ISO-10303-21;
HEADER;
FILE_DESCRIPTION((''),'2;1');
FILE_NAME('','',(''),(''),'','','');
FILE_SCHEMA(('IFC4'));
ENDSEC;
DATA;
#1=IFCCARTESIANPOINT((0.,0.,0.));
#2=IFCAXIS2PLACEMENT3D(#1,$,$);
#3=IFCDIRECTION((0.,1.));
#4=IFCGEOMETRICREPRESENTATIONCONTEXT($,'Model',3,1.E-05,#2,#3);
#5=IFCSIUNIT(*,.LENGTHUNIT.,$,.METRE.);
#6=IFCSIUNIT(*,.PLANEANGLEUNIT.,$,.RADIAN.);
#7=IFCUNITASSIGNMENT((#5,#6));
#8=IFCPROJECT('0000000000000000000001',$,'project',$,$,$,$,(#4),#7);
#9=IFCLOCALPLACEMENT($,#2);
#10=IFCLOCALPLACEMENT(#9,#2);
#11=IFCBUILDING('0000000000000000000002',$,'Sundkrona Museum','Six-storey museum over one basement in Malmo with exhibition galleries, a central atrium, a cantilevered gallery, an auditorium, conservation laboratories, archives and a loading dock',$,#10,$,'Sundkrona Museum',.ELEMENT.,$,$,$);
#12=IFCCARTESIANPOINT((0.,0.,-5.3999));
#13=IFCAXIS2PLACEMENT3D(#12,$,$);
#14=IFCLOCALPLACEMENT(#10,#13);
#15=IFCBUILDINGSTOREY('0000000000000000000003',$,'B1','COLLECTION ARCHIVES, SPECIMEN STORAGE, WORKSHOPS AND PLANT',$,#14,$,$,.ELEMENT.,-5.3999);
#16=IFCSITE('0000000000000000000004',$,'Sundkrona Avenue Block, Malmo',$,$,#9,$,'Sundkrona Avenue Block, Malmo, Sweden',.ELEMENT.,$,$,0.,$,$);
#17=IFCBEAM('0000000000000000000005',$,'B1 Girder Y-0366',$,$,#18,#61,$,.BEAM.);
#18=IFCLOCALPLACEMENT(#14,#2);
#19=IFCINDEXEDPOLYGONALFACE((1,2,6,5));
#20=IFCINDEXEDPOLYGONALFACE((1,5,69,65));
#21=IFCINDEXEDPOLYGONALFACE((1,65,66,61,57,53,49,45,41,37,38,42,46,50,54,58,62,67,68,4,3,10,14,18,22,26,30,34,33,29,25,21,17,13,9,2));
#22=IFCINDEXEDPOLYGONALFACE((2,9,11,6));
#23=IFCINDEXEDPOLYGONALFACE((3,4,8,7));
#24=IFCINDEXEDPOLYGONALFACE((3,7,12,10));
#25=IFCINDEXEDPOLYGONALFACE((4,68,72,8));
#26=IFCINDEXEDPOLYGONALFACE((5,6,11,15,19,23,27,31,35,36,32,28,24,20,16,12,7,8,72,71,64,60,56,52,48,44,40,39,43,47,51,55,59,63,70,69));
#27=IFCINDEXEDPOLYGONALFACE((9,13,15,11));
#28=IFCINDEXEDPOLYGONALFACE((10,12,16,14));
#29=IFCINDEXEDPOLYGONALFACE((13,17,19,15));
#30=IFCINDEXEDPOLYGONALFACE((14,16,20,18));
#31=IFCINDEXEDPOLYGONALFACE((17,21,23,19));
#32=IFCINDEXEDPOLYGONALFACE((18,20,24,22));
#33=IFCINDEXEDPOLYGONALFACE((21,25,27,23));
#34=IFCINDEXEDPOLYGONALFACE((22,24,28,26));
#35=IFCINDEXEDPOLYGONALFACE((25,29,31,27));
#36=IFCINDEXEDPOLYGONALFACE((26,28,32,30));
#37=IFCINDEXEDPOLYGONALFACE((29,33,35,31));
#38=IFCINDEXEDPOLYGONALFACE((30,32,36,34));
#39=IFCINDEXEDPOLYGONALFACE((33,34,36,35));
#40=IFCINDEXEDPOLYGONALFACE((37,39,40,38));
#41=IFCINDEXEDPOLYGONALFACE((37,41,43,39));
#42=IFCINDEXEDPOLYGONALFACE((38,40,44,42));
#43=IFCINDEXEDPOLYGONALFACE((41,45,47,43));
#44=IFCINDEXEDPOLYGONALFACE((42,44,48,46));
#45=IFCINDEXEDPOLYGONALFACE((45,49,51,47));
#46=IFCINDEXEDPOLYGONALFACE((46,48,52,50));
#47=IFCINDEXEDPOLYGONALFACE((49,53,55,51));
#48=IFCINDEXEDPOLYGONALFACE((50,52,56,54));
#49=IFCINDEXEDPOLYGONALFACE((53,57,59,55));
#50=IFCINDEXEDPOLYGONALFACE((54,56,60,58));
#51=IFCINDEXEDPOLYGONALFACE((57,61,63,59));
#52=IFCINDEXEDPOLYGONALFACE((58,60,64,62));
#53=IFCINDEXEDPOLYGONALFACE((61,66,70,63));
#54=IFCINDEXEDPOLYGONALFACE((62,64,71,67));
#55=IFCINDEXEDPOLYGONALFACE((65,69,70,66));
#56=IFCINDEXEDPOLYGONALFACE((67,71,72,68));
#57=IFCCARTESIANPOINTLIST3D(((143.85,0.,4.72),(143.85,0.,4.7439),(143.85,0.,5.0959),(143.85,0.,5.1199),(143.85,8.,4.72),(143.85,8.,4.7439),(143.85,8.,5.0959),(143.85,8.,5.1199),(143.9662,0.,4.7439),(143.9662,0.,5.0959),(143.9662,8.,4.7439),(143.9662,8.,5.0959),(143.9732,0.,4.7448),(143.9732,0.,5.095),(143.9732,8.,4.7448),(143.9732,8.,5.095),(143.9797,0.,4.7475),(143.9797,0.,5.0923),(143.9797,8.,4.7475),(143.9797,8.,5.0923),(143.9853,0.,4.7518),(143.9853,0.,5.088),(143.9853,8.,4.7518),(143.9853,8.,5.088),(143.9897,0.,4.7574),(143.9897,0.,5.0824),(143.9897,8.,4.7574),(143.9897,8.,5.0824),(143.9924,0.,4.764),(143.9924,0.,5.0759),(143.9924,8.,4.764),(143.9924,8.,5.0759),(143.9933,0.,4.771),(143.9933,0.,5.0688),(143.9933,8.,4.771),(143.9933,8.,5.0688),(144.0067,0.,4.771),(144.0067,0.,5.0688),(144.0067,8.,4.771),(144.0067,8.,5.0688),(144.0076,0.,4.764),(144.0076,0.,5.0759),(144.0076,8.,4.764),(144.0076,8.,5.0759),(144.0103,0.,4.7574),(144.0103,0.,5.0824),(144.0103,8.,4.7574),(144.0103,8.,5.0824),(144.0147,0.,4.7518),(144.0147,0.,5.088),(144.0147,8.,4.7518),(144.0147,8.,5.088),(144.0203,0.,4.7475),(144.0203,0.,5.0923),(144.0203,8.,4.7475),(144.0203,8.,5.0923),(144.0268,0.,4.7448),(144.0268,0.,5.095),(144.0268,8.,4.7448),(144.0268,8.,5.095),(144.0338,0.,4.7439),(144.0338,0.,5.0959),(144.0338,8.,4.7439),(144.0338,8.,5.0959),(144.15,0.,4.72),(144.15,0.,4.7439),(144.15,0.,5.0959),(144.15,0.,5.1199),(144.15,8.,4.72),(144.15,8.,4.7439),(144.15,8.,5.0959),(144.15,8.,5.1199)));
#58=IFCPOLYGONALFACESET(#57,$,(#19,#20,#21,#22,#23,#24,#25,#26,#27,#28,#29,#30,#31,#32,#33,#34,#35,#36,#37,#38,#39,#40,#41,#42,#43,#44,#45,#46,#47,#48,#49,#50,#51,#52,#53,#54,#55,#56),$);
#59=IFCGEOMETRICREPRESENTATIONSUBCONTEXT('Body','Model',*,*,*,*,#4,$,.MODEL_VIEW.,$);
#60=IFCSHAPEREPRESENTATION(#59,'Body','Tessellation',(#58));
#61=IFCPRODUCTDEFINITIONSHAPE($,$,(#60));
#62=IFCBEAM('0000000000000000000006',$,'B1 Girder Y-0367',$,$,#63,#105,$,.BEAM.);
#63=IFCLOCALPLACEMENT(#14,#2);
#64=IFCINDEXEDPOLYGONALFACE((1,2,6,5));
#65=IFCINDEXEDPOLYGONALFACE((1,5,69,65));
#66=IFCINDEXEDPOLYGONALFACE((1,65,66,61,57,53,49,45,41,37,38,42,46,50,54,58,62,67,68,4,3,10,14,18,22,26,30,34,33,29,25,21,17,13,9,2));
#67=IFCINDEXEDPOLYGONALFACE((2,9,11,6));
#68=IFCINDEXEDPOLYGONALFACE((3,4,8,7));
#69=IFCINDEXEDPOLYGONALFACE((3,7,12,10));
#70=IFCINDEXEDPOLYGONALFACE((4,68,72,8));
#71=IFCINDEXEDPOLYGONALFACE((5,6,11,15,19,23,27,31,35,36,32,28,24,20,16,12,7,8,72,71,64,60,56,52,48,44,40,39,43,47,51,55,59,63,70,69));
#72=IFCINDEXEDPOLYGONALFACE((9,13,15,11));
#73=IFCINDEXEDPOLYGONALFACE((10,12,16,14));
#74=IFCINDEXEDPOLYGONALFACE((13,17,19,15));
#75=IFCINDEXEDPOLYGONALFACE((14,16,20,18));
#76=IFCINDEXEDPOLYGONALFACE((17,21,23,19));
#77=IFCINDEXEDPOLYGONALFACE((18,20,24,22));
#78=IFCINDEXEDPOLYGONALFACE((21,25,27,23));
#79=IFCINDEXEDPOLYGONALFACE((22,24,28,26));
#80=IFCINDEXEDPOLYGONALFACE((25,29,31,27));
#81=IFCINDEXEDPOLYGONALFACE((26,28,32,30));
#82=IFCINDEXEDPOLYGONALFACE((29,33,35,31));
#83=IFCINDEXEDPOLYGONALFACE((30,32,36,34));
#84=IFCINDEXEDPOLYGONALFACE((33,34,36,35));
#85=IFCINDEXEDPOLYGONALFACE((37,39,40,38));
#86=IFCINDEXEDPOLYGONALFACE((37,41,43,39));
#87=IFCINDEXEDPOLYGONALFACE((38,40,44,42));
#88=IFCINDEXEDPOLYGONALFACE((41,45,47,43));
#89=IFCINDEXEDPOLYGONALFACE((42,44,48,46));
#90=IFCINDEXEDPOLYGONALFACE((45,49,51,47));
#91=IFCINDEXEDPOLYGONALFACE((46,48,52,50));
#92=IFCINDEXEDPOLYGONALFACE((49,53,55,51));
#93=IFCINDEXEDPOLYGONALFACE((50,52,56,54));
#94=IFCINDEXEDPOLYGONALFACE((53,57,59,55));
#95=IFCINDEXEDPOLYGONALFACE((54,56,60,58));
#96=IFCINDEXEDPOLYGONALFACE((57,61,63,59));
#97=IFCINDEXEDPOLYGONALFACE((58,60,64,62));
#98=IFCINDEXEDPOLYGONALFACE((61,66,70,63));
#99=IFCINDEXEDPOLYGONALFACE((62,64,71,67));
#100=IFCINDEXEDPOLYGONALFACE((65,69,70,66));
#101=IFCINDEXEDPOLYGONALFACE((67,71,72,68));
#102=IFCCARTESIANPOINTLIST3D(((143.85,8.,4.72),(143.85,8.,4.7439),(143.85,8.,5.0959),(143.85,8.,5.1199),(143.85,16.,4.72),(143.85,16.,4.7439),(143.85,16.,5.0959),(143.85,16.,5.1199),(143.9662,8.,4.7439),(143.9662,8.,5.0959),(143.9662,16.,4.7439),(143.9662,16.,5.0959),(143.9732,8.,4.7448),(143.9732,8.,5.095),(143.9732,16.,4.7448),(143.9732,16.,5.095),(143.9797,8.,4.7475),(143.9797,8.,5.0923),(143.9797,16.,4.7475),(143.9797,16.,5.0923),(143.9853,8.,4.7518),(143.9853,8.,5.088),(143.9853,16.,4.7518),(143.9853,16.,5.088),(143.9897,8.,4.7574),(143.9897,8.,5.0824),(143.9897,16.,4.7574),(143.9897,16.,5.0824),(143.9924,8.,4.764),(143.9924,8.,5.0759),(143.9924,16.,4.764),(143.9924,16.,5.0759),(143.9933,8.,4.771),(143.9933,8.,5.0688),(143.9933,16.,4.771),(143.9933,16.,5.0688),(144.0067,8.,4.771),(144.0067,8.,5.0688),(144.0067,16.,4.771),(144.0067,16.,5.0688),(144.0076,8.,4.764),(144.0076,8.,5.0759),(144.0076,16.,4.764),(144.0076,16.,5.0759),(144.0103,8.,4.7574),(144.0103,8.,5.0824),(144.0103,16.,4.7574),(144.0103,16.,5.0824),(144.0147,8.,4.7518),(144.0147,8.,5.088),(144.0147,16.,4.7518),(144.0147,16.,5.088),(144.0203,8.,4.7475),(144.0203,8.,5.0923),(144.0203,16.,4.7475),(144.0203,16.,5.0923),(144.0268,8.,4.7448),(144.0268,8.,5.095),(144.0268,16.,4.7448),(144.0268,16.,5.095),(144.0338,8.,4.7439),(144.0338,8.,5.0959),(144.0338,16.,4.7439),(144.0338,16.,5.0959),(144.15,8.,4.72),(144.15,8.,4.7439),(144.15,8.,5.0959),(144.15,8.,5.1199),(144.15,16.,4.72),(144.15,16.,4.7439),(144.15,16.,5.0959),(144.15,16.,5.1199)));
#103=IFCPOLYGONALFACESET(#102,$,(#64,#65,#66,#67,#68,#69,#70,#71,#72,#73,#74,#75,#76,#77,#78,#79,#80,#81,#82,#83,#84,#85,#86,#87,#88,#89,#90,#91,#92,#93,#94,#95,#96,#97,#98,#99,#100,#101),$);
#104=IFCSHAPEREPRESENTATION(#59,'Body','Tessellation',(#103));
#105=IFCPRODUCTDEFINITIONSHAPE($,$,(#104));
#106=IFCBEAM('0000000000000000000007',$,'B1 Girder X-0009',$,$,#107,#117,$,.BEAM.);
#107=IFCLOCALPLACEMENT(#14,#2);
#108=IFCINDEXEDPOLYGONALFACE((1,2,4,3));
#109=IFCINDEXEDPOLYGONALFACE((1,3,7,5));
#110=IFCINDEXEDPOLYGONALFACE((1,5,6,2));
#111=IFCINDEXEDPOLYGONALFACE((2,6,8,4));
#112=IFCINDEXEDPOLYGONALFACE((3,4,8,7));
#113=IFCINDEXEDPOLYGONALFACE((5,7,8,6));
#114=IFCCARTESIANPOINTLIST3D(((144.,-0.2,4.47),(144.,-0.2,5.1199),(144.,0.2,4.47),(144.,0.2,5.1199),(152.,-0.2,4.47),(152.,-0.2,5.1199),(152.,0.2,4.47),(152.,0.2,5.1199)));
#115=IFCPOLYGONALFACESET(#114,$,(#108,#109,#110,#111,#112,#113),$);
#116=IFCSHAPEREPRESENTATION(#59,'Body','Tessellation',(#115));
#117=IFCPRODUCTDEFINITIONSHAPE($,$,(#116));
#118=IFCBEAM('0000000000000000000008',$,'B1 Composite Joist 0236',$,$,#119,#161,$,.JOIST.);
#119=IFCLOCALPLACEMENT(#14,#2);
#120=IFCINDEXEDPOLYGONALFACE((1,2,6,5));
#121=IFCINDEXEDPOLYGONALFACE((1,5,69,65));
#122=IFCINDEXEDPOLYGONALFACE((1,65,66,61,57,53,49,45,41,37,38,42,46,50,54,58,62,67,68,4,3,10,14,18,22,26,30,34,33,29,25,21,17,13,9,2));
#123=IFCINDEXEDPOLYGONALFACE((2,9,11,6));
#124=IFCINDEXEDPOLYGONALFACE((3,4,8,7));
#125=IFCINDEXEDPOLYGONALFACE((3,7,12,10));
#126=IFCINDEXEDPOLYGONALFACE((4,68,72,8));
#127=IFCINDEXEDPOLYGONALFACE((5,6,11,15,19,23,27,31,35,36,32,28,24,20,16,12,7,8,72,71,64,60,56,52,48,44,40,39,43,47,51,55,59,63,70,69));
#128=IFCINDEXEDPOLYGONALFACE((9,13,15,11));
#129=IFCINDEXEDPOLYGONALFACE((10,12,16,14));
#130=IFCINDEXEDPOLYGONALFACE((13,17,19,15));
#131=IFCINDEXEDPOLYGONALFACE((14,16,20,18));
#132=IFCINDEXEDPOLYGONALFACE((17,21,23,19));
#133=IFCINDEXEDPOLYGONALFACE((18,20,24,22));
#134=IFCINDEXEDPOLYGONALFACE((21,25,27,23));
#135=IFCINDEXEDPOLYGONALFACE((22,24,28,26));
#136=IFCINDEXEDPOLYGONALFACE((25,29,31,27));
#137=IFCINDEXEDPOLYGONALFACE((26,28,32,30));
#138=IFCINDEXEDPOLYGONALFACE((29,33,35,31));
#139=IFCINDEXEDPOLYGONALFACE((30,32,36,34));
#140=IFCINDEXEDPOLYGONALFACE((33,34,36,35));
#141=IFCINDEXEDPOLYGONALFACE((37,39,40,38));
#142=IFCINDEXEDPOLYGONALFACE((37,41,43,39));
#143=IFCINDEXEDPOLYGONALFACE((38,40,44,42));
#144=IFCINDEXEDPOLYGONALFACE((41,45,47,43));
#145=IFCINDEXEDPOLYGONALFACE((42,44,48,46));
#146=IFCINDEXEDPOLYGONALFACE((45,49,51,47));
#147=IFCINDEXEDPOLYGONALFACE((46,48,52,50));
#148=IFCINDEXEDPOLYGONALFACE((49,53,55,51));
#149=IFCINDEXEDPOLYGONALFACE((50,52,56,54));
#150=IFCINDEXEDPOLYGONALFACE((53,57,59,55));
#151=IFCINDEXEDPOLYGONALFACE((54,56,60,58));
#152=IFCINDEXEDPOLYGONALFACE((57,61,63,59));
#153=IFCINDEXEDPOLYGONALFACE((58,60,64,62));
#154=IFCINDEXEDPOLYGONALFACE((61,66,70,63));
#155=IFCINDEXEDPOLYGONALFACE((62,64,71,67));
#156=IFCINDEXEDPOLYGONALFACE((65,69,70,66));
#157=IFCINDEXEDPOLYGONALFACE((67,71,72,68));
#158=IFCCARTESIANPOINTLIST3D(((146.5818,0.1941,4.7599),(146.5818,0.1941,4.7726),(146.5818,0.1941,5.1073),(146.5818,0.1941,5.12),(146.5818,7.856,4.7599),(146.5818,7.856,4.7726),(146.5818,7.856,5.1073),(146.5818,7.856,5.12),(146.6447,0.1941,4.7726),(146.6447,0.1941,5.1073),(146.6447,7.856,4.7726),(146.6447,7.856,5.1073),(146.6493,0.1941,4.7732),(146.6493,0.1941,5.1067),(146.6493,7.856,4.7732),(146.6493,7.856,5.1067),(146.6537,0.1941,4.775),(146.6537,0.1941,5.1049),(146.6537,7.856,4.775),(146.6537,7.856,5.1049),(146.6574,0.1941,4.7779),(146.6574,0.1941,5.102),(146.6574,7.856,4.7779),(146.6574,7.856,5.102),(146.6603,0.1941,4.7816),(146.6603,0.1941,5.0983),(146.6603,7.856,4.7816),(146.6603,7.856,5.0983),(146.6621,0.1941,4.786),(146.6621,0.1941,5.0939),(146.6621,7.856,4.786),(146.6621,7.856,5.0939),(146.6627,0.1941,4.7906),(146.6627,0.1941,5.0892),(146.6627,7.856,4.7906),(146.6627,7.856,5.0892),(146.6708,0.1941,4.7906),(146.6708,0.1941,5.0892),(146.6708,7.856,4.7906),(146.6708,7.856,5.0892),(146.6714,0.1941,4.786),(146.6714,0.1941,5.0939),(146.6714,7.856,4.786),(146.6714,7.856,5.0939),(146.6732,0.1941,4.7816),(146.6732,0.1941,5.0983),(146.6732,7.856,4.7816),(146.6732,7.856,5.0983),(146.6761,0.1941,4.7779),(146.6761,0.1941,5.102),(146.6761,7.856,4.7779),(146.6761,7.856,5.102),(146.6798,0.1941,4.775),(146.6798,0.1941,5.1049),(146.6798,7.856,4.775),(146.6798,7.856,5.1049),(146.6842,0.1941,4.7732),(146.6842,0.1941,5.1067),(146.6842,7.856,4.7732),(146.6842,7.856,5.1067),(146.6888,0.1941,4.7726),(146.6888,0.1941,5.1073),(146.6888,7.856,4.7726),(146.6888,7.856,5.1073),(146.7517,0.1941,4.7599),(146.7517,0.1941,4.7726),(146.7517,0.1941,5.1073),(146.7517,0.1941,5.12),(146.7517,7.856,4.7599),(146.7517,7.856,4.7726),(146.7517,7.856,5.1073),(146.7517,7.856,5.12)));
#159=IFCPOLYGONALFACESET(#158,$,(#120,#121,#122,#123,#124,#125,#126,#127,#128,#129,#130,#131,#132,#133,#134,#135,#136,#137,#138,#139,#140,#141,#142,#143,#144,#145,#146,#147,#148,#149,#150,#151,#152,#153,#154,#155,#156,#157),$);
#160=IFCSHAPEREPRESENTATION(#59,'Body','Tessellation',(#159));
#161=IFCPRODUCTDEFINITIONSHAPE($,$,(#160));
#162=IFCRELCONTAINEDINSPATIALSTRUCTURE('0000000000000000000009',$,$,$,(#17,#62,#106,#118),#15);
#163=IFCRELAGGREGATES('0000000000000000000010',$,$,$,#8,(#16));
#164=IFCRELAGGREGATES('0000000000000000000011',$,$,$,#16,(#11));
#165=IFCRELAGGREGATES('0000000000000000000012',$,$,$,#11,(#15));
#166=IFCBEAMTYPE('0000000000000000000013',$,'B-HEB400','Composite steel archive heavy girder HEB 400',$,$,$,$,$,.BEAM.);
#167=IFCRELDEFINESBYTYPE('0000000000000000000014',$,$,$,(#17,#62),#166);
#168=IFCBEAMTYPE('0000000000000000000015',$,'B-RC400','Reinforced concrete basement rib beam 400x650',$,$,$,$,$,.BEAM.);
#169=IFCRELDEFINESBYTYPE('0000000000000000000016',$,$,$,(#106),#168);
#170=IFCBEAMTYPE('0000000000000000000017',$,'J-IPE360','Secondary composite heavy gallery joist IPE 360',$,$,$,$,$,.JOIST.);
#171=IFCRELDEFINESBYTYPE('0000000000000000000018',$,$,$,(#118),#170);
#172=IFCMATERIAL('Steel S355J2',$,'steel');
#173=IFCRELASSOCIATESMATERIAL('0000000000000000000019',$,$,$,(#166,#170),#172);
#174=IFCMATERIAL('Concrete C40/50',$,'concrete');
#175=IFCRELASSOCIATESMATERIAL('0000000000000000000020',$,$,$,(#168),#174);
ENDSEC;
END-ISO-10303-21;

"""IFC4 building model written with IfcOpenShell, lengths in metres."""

from ifc_helpers import new_model, si_unit, direction, frame, origin, origin_2d, place, context, subcontext, project, spatial, rectangle, i_section, extrude, material, material_profile, profile_set, type_object, element, save


model = new_model("IFC4")

# Units and contexts
model_context = context("Model", 3, precision=1e-05, world=origin(), true_north=direction((0.0, 1.0)))
body_context = subcontext(model_context, "Body", "Model", "MODEL_VIEW")
ifc_project = project(units=[si_unit("LENGTHUNIT", "METRE"), si_unit("PLANEANGLEUNIT", "RADIAN")], contexts=[model_context])

# Site, building, storey
site_placement = place(None, origin())
site = spatial("IfcSite", under=ifc_project, at=site_placement, Name="Sundkrona Avenue Block, Malmo", LongName="Sundkrona Avenue Block, Malmo, Sweden", CompositionType="ELEMENT", RefElevation=0.0)
building_placement = place(site_placement, origin())
building = spatial("IfcBuilding", under=site, at=building_placement, Name="Sundkrona Museum", Description="Six-storey museum over one basement in Malmo with exhibition galleries, a central atrium, a cantilevered gallery, an auditorium, conservation laboratories, archives and a loading dock", LongName="Sundkrona Museum", CompositionType="ELEMENT")
storey_placement = place(building_placement, frame((0.0, 0.0, -5.3999)))
storey = spatial("IfcBuildingStorey", under=building, at=storey_placement, Name="B1", Description="COLLECTION ARCHIVES, SPECIMEN STORAGE, WORKSHOPS AND PLANT", CompositionType="ELEMENT", Elevation=-5.3999)

# Shared definitions
ifc_material_1 = material(Name="Concrete C40/50", Category="concrete")

# Beams
ifc_material_2 = material(Name="Steel S355J2", Category="steel")
ifc_material_profile_1 = material_profile(ifc_material_2, i_section(OverallWidth=0.3, OverallDepth=0.3999, WebThickness=0.0134, FlangeThickness=0.0239, FilletRadius=0.0271, at=origin_2d()), Name="HEB 400")
ifc_profile_set_1 = profile_set([ifc_material_profile_1], Name="Steel S355J2")
beam_type_1 = type_object("IfcBeamType", Name="B-HEB400", Description="Composite steel archive heavy girder HEB 400", PredefinedType="BEAM", material=ifc_profile_set_1)
for number, where, z_axis, x_axis, name in (
    (1, (144.0, 0.0, 4.9199), (0.0, 1.0, 0.0), (-1.0, 0.0, 0.0), "B1 Girder Y-0366"),
    (2, (144.0, 8.0, 4.9199), (0.0, 1.0, 0.0), (-1.0, 0.0, 0.0), "B1 Girder Y-0367"),
):
    element("IfcBeam", number, at=place(storey_placement, frame(where, z_axis=z_axis, x_axis=x_axis)), inside=storey, type_object=beam_type_1, Name=name, PredefinedType="BEAM", context=body_context, shape_type="SweptSolid", body=[
        extrude(i_section(OverallWidth=0.3, OverallDepth=0.3999, WebThickness=0.0134, FlangeThickness=0.0239, FilletRadius=0.0271, at=origin_2d()), origin(), (0.0, 0.0, 1.0), 8.0),
    ])
ifc_material_profile_2 = material_profile(ifc_material_1, rectangle(XDim=0.3999, YDim=0.6499, at=origin_2d()), Name="RCB 400x650")
ifc_profile_set_2 = profile_set([ifc_material_profile_2], Name="Concrete C40/50")
beam_type_2 = type_object("IfcBeamType", Name="B-RC400", Description="Reinforced concrete basement rib beam 400x650", PredefinedType="BEAM", material=ifc_profile_set_2)
beam_1_placement = place(storey_placement, frame((144.0, 0.0, 4.7949), z_axis=(1.0, 0.0, 0.0), x_axis=(0.0, 1.0, 0.0)))
element("IfcBeam", 3, at=beam_1_placement, inside=storey, type_object=beam_type_2, Name="B1 Girder X-0009", PredefinedType="BEAM", context=body_context, shape_type="SweptSolid", body=[
    extrude(rectangle(XDim=0.3999, YDim=0.6499, at=origin_2d()), origin(), (0.0, 0.0, 1.0), 8.0),
])
ifc_material_profile_3 = material_profile(ifc_material_2, i_section(OverallWidth=0.1699, OverallDepth=0.3601, WebThickness=0.0081, FlangeThickness=0.0127, FilletRadius=0.0181, at=origin_2d()), Name="IPE 360")
ifc_profile_set_3 = profile_set([ifc_material_profile_3], Name="Steel S355J2")
beam_type_3 = type_object("IfcBeamType", Name="J-IPE360", Description="Secondary composite heavy gallery joist IPE 360", PredefinedType="JOIST", material=ifc_profile_set_3)
for number, where, z_axis, x_axis, name in (
    (4, (146.6667, 0.1941, 4.9399), (0.0, 1.0, 0.0), (-1.0, 0.0, 0.0), "B1 Composite Joist 0236"),
):
    element("IfcBeam", number, at=place(storey_placement, frame(where, z_axis=z_axis, x_axis=x_axis)), inside=storey, type_object=beam_type_3, Name=name, PredefinedType="JOIST", context=body_context, shape_type="SweptSolid", body=[
        extrude(i_section(OverallWidth=0.1699, OverallDepth=0.3601, WebThickness=0.0081, FlangeThickness=0.0127, FilletRadius=0.0181, at=origin_2d()), origin(), (0.0, 0.0, 1.0), 7.6619),
    ])

save(model, "model.ifc")
